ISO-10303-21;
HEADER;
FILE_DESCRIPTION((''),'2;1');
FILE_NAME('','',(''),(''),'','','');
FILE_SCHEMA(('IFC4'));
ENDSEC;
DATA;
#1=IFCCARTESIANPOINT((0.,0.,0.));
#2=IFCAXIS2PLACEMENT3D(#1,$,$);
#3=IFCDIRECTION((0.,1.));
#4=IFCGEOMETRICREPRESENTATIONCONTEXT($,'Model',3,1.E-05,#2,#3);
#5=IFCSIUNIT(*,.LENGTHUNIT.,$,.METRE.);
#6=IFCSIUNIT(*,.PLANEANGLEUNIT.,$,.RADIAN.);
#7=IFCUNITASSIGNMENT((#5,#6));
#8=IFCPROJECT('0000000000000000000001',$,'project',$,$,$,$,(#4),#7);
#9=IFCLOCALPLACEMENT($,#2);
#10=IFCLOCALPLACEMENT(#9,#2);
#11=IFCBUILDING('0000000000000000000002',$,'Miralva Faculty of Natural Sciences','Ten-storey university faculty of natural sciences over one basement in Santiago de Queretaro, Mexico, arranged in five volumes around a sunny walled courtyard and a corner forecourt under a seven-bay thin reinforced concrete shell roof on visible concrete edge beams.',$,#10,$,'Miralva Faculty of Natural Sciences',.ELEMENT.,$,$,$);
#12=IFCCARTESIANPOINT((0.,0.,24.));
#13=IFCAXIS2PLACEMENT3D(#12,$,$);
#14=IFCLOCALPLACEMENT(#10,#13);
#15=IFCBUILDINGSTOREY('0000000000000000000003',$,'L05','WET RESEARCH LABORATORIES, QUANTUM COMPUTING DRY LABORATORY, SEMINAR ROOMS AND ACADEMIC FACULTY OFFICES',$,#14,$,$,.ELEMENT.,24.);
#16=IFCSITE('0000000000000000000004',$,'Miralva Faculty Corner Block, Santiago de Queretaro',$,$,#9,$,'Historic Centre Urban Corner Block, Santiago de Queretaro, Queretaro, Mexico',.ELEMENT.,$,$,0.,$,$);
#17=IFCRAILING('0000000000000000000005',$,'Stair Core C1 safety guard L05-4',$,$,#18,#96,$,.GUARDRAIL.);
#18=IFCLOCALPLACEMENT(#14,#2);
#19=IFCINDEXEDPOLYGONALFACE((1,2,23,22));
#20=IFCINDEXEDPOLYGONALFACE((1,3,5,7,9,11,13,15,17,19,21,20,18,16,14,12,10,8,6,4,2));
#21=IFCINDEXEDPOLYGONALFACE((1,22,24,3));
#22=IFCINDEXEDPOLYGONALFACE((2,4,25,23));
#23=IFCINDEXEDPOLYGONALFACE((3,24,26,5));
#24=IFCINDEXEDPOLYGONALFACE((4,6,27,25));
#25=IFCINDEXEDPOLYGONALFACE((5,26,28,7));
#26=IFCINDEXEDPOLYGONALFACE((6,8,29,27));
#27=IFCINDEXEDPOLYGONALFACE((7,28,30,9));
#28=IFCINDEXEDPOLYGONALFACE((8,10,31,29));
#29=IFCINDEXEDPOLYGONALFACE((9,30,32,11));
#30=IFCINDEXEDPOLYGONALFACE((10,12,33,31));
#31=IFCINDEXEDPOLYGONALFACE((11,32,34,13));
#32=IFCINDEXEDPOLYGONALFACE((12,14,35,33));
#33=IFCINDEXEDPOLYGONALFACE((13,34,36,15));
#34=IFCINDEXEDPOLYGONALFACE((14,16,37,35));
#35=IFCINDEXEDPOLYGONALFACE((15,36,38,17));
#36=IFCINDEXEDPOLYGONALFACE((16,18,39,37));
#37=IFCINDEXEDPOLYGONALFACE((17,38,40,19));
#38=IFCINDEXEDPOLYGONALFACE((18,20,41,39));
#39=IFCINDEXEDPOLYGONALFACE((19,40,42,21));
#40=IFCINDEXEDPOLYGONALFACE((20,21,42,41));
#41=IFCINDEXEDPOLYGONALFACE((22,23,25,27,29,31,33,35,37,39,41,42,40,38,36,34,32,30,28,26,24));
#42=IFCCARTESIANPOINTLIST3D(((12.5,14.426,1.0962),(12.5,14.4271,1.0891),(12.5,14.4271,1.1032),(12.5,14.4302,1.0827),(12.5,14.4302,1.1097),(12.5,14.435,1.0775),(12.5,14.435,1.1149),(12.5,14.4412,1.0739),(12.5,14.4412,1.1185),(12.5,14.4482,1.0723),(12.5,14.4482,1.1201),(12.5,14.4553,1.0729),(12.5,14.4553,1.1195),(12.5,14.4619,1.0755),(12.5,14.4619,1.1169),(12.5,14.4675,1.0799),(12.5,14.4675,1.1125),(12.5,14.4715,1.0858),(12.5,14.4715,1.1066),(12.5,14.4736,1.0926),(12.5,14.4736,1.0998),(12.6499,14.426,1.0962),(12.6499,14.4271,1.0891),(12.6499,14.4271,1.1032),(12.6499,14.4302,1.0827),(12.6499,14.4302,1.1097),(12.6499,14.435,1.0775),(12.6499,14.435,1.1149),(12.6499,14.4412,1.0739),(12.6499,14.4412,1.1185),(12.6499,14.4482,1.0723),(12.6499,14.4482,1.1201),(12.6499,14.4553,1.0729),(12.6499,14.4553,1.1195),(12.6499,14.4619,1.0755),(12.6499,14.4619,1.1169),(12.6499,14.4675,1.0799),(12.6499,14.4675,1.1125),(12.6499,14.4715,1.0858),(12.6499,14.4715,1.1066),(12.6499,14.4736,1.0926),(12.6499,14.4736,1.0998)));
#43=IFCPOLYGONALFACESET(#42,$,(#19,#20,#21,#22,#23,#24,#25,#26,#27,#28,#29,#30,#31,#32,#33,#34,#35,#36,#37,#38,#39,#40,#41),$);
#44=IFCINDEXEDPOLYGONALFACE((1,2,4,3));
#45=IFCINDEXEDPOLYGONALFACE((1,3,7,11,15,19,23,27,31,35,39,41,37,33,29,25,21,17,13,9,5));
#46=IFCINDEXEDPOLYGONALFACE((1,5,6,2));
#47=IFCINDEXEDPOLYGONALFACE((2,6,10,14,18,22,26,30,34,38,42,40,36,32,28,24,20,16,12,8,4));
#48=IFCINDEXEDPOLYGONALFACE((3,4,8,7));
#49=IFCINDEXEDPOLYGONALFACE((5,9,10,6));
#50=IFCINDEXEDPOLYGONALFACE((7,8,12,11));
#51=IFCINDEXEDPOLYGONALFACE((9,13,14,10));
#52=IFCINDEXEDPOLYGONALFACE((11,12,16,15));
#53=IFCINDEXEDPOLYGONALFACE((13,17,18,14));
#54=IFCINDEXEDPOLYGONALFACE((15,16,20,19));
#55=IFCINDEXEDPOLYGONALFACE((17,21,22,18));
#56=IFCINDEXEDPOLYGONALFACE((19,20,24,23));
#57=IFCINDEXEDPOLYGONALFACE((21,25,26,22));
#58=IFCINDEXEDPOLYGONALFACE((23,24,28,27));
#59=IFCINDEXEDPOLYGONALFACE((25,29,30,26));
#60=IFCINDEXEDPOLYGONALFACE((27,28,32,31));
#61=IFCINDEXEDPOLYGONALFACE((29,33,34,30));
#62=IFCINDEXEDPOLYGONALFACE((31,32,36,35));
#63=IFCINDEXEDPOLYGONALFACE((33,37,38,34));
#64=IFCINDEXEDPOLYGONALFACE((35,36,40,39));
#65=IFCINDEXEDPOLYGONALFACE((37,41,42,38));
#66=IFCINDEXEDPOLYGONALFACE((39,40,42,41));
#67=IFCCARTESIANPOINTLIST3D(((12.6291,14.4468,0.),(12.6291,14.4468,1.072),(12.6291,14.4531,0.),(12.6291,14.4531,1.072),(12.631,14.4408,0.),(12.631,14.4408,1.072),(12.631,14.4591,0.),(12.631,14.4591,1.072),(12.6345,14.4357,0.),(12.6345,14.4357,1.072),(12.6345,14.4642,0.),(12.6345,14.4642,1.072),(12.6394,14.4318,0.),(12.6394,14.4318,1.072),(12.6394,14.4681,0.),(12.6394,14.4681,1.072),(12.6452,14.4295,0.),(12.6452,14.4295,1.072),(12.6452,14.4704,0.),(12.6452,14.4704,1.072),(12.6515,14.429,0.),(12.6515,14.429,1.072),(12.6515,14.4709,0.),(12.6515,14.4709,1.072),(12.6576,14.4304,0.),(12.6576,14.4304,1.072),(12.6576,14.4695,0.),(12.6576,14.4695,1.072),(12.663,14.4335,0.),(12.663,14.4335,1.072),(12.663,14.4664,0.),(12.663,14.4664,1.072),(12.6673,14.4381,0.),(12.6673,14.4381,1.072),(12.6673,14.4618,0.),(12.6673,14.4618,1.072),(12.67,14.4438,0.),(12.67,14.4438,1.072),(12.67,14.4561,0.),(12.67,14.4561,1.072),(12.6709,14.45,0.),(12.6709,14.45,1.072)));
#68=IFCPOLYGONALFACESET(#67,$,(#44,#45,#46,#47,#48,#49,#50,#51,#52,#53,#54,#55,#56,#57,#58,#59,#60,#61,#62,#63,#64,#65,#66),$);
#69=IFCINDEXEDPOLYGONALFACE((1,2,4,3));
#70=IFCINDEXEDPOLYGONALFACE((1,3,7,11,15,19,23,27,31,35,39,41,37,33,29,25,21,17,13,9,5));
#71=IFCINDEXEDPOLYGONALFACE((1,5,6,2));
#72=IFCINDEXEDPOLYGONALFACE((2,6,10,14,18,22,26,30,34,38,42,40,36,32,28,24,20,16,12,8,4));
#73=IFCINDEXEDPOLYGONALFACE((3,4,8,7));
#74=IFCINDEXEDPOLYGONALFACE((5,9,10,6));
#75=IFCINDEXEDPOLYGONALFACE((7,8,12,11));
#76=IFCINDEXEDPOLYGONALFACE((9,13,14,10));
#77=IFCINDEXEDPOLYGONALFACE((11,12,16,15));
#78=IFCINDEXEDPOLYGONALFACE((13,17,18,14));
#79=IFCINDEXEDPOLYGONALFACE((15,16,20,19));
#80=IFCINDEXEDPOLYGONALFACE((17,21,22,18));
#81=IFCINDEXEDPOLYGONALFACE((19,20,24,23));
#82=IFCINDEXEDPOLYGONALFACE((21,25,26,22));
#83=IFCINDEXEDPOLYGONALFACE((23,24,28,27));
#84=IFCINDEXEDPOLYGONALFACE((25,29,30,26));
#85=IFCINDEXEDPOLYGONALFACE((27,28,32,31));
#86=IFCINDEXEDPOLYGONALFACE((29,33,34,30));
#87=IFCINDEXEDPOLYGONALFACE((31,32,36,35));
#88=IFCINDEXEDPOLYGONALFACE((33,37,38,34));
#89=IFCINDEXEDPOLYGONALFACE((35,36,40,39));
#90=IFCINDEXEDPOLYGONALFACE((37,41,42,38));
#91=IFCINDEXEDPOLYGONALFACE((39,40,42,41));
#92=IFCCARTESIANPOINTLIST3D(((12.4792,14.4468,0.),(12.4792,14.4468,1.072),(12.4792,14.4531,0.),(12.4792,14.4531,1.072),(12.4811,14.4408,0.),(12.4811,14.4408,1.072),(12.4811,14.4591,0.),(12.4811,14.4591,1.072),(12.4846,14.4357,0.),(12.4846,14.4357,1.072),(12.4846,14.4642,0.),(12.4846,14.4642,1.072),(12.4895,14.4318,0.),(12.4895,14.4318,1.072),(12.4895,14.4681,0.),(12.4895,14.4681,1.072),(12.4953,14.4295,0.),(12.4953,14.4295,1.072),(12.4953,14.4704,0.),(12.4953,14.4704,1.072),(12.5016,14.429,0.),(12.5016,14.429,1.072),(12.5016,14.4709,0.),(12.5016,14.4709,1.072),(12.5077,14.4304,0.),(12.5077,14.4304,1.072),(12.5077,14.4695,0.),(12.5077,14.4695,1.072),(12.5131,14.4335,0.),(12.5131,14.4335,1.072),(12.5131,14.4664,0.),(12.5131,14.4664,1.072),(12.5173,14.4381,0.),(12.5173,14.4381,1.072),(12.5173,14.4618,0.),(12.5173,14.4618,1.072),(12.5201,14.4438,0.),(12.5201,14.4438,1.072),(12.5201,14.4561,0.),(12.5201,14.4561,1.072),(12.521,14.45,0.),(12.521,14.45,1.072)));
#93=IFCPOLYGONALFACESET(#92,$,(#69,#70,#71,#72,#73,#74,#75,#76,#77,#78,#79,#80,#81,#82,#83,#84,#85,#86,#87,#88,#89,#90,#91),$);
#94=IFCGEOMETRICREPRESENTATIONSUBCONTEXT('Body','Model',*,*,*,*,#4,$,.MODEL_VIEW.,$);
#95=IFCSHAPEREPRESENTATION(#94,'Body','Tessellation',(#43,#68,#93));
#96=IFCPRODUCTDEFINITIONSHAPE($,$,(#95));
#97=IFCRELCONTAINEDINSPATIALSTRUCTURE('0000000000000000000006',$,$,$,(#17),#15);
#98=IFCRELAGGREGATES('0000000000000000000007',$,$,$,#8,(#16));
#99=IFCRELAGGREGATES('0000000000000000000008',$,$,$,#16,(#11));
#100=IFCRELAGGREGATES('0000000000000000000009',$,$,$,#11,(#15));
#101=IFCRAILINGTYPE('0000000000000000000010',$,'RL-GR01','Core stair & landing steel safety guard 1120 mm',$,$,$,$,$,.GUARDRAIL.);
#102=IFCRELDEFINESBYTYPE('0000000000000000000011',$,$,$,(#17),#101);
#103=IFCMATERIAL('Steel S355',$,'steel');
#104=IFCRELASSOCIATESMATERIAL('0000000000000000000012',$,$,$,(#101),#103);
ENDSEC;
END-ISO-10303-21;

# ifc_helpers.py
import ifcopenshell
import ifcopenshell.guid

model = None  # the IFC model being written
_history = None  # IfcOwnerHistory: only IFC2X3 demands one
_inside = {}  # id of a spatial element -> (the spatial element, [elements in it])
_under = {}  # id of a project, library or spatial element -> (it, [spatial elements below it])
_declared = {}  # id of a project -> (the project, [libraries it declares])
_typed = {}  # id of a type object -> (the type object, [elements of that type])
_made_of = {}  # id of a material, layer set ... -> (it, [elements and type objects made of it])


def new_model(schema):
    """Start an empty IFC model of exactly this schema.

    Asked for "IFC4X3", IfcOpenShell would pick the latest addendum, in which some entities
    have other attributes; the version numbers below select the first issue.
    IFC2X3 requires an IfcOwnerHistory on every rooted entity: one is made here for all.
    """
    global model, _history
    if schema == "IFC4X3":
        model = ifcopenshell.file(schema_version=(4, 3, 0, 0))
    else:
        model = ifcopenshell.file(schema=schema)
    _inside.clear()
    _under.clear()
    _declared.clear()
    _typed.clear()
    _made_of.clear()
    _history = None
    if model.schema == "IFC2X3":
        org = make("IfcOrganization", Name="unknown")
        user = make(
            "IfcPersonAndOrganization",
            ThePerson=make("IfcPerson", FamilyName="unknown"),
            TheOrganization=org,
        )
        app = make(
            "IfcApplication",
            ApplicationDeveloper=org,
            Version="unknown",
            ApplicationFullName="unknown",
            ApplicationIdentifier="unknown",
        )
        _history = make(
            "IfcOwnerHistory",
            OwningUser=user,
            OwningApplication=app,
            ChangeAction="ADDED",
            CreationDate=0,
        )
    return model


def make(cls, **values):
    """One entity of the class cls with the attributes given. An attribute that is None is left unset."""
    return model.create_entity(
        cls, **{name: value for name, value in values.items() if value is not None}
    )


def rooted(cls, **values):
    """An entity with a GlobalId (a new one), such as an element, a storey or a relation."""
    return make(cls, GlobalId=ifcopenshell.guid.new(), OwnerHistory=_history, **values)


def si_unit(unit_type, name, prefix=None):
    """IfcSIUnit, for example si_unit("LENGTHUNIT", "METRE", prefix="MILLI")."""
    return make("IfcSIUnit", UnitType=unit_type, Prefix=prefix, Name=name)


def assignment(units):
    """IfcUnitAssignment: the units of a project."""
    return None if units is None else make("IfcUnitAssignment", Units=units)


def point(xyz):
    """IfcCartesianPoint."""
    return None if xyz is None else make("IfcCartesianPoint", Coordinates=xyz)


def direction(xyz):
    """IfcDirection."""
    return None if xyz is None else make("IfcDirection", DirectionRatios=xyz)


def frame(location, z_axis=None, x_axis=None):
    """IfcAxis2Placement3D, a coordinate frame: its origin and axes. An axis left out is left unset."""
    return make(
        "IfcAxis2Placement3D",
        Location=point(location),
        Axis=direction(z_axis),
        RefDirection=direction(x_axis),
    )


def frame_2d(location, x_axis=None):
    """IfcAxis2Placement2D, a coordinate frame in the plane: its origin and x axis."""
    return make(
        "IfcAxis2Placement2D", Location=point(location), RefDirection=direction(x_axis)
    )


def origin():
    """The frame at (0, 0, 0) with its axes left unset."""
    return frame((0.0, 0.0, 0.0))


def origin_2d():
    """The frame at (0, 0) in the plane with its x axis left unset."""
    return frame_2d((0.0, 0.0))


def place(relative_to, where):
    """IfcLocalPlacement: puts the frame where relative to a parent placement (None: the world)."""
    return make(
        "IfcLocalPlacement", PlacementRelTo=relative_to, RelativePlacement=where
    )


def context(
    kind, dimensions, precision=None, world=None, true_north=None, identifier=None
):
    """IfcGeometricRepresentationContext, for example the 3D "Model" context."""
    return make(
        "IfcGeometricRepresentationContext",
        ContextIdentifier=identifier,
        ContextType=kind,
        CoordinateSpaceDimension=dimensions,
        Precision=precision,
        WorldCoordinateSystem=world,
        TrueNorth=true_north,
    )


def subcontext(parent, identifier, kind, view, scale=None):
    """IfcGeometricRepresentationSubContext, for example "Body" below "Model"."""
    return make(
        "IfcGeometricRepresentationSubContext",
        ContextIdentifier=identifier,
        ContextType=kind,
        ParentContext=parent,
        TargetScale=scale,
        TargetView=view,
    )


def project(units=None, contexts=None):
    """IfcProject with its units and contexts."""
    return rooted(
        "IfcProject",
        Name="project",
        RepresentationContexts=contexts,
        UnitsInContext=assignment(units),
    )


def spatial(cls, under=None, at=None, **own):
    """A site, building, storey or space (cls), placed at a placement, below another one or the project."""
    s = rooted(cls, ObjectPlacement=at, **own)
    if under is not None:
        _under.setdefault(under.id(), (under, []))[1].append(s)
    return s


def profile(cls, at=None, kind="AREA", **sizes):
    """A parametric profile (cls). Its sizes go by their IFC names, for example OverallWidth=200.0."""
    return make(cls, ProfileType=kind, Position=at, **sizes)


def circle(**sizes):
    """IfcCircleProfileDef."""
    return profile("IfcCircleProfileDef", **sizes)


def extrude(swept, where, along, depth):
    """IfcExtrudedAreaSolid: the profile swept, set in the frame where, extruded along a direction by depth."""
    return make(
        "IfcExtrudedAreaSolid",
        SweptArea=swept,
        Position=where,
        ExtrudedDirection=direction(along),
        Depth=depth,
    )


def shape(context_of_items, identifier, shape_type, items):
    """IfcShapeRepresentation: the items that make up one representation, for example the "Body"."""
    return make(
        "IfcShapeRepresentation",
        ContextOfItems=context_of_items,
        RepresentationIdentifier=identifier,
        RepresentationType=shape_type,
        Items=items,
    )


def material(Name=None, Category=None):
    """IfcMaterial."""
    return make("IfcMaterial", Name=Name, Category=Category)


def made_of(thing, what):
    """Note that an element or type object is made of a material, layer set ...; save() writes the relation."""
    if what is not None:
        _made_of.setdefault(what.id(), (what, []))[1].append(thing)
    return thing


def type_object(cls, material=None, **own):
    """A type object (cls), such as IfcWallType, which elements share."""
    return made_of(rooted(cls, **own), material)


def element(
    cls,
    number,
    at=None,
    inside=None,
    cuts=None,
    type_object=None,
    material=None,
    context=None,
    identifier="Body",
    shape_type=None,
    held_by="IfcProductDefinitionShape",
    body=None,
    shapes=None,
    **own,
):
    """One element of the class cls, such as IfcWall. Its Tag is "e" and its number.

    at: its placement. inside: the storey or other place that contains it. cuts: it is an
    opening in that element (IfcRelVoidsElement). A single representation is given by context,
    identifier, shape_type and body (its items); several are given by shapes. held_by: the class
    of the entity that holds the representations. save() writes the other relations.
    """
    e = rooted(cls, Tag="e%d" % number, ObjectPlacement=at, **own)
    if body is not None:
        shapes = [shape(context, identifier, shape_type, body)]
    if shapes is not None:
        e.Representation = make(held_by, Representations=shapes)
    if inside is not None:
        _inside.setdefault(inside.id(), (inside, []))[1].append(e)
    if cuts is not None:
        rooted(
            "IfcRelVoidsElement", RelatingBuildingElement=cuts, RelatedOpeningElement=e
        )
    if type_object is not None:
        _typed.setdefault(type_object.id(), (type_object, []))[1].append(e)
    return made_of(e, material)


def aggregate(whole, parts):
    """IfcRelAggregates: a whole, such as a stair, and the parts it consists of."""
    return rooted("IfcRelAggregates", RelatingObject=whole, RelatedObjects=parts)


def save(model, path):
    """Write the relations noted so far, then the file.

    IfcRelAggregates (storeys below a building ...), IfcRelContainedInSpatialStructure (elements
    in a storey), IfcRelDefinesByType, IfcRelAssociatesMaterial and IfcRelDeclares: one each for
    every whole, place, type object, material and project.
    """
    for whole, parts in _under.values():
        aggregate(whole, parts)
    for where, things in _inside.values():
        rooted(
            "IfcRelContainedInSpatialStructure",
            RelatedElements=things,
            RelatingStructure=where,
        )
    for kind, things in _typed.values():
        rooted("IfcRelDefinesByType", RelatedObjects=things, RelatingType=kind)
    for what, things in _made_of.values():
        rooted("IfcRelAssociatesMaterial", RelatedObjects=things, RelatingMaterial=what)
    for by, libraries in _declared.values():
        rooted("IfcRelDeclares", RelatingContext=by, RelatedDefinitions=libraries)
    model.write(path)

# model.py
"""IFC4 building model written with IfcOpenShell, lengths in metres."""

from ifc_helpers import new_model, si_unit, direction, frame, origin, origin_2d, place, context, subcontext, project, spatial, circle, extrude, material, type_object, element, save


model = new_model("IFC4")

# Units and contexts
model_context = context("Model", 3, precision=1e-05, world=origin(), true_north=direction((0.0, 1.0)))
body_context = subcontext(model_context, "Body", "Model", "MODEL_VIEW")
ifc_project = project(units=[si_unit("LENGTHUNIT", "METRE"), si_unit("PLANEANGLEUNIT", "RADIAN")], contexts=[model_context])

# Site, building, storey
site_placement = place(None, origin())
site = spatial("IfcSite", under=ifc_project, at=site_placement, Name="Miralva Faculty Corner Block, Santiago de Queretaro", LongName="Historic Centre Urban Corner Block, Santiago de Queretaro, Queretaro, Mexico", CompositionType="ELEMENT", RefElevation=0.0)
building_placement = place(site_placement, origin())
building = spatial("IfcBuilding", under=site, at=building_placement, Name="Miralva Faculty of Natural Sciences", Description="Ten-storey university faculty of natural sciences over one basement in Santiago de Queretaro, Mexico, arranged in five volumes around a sunny walled courtyard and a corner forecourt under a seven-bay thin reinforced concrete shell roof on visible concrete edge beams.", LongName="Miralva Faculty of Natural Sciences", CompositionType="ELEMENT")
storey_placement = place(building_placement, frame((0.0, 0.0, 24.0)))
storey = spatial("IfcBuildingStorey", under=building, at=storey_placement, Name="L05", Description="WET RESEARCH LABORATORIES, QUANTUM COMPUTING DRY LABORATORY, SEMINAR ROOMS AND ACADEMIC FACULTY OFFICES", CompositionType="ELEMENT", Elevation=24.0)

# Railing
ifc_material_1 = material(Name="Steel S355", Category="steel")
railing_type_1 = type_object("IfcRailingType", Name="RL-GR01", Description="Core stair & landing steel safety guard 1120 mm", PredefinedType="GUARDRAIL", material=ifc_material_1)
railing_1_placement = place(storey_placement, frame((12.6499, 14.45, 0.0)))
element("IfcRailing", 1, at=railing_1_placement, inside=storey, type_object=railing_type_1, Name="Stair Core C1 safety guard L05-4", PredefinedType="GUARDRAIL", context=body_context, shape_type="SweptSolid", body=[
    extrude(circle(Radius=0.0239, at=origin_2d()), frame((0.0, 0.0, 1.0962), z_axis=(-1.0, 0.0, 0.0), x_axis=(0.0, -1.0, 0.0)), (0.0, 0.0, 1.0), 0.1499),
    extrude(circle(Radius=0.021, at=origin_2d()), origin(), (0.0, 0.0, 1.0), 1.072),
    extrude(circle(Radius=0.021, at=origin_2d()), frame((-0.1499, 0.0, 0.0)), (0.0, 0.0, 1.0), 1.072),
])

save(model, "model.ifc")
